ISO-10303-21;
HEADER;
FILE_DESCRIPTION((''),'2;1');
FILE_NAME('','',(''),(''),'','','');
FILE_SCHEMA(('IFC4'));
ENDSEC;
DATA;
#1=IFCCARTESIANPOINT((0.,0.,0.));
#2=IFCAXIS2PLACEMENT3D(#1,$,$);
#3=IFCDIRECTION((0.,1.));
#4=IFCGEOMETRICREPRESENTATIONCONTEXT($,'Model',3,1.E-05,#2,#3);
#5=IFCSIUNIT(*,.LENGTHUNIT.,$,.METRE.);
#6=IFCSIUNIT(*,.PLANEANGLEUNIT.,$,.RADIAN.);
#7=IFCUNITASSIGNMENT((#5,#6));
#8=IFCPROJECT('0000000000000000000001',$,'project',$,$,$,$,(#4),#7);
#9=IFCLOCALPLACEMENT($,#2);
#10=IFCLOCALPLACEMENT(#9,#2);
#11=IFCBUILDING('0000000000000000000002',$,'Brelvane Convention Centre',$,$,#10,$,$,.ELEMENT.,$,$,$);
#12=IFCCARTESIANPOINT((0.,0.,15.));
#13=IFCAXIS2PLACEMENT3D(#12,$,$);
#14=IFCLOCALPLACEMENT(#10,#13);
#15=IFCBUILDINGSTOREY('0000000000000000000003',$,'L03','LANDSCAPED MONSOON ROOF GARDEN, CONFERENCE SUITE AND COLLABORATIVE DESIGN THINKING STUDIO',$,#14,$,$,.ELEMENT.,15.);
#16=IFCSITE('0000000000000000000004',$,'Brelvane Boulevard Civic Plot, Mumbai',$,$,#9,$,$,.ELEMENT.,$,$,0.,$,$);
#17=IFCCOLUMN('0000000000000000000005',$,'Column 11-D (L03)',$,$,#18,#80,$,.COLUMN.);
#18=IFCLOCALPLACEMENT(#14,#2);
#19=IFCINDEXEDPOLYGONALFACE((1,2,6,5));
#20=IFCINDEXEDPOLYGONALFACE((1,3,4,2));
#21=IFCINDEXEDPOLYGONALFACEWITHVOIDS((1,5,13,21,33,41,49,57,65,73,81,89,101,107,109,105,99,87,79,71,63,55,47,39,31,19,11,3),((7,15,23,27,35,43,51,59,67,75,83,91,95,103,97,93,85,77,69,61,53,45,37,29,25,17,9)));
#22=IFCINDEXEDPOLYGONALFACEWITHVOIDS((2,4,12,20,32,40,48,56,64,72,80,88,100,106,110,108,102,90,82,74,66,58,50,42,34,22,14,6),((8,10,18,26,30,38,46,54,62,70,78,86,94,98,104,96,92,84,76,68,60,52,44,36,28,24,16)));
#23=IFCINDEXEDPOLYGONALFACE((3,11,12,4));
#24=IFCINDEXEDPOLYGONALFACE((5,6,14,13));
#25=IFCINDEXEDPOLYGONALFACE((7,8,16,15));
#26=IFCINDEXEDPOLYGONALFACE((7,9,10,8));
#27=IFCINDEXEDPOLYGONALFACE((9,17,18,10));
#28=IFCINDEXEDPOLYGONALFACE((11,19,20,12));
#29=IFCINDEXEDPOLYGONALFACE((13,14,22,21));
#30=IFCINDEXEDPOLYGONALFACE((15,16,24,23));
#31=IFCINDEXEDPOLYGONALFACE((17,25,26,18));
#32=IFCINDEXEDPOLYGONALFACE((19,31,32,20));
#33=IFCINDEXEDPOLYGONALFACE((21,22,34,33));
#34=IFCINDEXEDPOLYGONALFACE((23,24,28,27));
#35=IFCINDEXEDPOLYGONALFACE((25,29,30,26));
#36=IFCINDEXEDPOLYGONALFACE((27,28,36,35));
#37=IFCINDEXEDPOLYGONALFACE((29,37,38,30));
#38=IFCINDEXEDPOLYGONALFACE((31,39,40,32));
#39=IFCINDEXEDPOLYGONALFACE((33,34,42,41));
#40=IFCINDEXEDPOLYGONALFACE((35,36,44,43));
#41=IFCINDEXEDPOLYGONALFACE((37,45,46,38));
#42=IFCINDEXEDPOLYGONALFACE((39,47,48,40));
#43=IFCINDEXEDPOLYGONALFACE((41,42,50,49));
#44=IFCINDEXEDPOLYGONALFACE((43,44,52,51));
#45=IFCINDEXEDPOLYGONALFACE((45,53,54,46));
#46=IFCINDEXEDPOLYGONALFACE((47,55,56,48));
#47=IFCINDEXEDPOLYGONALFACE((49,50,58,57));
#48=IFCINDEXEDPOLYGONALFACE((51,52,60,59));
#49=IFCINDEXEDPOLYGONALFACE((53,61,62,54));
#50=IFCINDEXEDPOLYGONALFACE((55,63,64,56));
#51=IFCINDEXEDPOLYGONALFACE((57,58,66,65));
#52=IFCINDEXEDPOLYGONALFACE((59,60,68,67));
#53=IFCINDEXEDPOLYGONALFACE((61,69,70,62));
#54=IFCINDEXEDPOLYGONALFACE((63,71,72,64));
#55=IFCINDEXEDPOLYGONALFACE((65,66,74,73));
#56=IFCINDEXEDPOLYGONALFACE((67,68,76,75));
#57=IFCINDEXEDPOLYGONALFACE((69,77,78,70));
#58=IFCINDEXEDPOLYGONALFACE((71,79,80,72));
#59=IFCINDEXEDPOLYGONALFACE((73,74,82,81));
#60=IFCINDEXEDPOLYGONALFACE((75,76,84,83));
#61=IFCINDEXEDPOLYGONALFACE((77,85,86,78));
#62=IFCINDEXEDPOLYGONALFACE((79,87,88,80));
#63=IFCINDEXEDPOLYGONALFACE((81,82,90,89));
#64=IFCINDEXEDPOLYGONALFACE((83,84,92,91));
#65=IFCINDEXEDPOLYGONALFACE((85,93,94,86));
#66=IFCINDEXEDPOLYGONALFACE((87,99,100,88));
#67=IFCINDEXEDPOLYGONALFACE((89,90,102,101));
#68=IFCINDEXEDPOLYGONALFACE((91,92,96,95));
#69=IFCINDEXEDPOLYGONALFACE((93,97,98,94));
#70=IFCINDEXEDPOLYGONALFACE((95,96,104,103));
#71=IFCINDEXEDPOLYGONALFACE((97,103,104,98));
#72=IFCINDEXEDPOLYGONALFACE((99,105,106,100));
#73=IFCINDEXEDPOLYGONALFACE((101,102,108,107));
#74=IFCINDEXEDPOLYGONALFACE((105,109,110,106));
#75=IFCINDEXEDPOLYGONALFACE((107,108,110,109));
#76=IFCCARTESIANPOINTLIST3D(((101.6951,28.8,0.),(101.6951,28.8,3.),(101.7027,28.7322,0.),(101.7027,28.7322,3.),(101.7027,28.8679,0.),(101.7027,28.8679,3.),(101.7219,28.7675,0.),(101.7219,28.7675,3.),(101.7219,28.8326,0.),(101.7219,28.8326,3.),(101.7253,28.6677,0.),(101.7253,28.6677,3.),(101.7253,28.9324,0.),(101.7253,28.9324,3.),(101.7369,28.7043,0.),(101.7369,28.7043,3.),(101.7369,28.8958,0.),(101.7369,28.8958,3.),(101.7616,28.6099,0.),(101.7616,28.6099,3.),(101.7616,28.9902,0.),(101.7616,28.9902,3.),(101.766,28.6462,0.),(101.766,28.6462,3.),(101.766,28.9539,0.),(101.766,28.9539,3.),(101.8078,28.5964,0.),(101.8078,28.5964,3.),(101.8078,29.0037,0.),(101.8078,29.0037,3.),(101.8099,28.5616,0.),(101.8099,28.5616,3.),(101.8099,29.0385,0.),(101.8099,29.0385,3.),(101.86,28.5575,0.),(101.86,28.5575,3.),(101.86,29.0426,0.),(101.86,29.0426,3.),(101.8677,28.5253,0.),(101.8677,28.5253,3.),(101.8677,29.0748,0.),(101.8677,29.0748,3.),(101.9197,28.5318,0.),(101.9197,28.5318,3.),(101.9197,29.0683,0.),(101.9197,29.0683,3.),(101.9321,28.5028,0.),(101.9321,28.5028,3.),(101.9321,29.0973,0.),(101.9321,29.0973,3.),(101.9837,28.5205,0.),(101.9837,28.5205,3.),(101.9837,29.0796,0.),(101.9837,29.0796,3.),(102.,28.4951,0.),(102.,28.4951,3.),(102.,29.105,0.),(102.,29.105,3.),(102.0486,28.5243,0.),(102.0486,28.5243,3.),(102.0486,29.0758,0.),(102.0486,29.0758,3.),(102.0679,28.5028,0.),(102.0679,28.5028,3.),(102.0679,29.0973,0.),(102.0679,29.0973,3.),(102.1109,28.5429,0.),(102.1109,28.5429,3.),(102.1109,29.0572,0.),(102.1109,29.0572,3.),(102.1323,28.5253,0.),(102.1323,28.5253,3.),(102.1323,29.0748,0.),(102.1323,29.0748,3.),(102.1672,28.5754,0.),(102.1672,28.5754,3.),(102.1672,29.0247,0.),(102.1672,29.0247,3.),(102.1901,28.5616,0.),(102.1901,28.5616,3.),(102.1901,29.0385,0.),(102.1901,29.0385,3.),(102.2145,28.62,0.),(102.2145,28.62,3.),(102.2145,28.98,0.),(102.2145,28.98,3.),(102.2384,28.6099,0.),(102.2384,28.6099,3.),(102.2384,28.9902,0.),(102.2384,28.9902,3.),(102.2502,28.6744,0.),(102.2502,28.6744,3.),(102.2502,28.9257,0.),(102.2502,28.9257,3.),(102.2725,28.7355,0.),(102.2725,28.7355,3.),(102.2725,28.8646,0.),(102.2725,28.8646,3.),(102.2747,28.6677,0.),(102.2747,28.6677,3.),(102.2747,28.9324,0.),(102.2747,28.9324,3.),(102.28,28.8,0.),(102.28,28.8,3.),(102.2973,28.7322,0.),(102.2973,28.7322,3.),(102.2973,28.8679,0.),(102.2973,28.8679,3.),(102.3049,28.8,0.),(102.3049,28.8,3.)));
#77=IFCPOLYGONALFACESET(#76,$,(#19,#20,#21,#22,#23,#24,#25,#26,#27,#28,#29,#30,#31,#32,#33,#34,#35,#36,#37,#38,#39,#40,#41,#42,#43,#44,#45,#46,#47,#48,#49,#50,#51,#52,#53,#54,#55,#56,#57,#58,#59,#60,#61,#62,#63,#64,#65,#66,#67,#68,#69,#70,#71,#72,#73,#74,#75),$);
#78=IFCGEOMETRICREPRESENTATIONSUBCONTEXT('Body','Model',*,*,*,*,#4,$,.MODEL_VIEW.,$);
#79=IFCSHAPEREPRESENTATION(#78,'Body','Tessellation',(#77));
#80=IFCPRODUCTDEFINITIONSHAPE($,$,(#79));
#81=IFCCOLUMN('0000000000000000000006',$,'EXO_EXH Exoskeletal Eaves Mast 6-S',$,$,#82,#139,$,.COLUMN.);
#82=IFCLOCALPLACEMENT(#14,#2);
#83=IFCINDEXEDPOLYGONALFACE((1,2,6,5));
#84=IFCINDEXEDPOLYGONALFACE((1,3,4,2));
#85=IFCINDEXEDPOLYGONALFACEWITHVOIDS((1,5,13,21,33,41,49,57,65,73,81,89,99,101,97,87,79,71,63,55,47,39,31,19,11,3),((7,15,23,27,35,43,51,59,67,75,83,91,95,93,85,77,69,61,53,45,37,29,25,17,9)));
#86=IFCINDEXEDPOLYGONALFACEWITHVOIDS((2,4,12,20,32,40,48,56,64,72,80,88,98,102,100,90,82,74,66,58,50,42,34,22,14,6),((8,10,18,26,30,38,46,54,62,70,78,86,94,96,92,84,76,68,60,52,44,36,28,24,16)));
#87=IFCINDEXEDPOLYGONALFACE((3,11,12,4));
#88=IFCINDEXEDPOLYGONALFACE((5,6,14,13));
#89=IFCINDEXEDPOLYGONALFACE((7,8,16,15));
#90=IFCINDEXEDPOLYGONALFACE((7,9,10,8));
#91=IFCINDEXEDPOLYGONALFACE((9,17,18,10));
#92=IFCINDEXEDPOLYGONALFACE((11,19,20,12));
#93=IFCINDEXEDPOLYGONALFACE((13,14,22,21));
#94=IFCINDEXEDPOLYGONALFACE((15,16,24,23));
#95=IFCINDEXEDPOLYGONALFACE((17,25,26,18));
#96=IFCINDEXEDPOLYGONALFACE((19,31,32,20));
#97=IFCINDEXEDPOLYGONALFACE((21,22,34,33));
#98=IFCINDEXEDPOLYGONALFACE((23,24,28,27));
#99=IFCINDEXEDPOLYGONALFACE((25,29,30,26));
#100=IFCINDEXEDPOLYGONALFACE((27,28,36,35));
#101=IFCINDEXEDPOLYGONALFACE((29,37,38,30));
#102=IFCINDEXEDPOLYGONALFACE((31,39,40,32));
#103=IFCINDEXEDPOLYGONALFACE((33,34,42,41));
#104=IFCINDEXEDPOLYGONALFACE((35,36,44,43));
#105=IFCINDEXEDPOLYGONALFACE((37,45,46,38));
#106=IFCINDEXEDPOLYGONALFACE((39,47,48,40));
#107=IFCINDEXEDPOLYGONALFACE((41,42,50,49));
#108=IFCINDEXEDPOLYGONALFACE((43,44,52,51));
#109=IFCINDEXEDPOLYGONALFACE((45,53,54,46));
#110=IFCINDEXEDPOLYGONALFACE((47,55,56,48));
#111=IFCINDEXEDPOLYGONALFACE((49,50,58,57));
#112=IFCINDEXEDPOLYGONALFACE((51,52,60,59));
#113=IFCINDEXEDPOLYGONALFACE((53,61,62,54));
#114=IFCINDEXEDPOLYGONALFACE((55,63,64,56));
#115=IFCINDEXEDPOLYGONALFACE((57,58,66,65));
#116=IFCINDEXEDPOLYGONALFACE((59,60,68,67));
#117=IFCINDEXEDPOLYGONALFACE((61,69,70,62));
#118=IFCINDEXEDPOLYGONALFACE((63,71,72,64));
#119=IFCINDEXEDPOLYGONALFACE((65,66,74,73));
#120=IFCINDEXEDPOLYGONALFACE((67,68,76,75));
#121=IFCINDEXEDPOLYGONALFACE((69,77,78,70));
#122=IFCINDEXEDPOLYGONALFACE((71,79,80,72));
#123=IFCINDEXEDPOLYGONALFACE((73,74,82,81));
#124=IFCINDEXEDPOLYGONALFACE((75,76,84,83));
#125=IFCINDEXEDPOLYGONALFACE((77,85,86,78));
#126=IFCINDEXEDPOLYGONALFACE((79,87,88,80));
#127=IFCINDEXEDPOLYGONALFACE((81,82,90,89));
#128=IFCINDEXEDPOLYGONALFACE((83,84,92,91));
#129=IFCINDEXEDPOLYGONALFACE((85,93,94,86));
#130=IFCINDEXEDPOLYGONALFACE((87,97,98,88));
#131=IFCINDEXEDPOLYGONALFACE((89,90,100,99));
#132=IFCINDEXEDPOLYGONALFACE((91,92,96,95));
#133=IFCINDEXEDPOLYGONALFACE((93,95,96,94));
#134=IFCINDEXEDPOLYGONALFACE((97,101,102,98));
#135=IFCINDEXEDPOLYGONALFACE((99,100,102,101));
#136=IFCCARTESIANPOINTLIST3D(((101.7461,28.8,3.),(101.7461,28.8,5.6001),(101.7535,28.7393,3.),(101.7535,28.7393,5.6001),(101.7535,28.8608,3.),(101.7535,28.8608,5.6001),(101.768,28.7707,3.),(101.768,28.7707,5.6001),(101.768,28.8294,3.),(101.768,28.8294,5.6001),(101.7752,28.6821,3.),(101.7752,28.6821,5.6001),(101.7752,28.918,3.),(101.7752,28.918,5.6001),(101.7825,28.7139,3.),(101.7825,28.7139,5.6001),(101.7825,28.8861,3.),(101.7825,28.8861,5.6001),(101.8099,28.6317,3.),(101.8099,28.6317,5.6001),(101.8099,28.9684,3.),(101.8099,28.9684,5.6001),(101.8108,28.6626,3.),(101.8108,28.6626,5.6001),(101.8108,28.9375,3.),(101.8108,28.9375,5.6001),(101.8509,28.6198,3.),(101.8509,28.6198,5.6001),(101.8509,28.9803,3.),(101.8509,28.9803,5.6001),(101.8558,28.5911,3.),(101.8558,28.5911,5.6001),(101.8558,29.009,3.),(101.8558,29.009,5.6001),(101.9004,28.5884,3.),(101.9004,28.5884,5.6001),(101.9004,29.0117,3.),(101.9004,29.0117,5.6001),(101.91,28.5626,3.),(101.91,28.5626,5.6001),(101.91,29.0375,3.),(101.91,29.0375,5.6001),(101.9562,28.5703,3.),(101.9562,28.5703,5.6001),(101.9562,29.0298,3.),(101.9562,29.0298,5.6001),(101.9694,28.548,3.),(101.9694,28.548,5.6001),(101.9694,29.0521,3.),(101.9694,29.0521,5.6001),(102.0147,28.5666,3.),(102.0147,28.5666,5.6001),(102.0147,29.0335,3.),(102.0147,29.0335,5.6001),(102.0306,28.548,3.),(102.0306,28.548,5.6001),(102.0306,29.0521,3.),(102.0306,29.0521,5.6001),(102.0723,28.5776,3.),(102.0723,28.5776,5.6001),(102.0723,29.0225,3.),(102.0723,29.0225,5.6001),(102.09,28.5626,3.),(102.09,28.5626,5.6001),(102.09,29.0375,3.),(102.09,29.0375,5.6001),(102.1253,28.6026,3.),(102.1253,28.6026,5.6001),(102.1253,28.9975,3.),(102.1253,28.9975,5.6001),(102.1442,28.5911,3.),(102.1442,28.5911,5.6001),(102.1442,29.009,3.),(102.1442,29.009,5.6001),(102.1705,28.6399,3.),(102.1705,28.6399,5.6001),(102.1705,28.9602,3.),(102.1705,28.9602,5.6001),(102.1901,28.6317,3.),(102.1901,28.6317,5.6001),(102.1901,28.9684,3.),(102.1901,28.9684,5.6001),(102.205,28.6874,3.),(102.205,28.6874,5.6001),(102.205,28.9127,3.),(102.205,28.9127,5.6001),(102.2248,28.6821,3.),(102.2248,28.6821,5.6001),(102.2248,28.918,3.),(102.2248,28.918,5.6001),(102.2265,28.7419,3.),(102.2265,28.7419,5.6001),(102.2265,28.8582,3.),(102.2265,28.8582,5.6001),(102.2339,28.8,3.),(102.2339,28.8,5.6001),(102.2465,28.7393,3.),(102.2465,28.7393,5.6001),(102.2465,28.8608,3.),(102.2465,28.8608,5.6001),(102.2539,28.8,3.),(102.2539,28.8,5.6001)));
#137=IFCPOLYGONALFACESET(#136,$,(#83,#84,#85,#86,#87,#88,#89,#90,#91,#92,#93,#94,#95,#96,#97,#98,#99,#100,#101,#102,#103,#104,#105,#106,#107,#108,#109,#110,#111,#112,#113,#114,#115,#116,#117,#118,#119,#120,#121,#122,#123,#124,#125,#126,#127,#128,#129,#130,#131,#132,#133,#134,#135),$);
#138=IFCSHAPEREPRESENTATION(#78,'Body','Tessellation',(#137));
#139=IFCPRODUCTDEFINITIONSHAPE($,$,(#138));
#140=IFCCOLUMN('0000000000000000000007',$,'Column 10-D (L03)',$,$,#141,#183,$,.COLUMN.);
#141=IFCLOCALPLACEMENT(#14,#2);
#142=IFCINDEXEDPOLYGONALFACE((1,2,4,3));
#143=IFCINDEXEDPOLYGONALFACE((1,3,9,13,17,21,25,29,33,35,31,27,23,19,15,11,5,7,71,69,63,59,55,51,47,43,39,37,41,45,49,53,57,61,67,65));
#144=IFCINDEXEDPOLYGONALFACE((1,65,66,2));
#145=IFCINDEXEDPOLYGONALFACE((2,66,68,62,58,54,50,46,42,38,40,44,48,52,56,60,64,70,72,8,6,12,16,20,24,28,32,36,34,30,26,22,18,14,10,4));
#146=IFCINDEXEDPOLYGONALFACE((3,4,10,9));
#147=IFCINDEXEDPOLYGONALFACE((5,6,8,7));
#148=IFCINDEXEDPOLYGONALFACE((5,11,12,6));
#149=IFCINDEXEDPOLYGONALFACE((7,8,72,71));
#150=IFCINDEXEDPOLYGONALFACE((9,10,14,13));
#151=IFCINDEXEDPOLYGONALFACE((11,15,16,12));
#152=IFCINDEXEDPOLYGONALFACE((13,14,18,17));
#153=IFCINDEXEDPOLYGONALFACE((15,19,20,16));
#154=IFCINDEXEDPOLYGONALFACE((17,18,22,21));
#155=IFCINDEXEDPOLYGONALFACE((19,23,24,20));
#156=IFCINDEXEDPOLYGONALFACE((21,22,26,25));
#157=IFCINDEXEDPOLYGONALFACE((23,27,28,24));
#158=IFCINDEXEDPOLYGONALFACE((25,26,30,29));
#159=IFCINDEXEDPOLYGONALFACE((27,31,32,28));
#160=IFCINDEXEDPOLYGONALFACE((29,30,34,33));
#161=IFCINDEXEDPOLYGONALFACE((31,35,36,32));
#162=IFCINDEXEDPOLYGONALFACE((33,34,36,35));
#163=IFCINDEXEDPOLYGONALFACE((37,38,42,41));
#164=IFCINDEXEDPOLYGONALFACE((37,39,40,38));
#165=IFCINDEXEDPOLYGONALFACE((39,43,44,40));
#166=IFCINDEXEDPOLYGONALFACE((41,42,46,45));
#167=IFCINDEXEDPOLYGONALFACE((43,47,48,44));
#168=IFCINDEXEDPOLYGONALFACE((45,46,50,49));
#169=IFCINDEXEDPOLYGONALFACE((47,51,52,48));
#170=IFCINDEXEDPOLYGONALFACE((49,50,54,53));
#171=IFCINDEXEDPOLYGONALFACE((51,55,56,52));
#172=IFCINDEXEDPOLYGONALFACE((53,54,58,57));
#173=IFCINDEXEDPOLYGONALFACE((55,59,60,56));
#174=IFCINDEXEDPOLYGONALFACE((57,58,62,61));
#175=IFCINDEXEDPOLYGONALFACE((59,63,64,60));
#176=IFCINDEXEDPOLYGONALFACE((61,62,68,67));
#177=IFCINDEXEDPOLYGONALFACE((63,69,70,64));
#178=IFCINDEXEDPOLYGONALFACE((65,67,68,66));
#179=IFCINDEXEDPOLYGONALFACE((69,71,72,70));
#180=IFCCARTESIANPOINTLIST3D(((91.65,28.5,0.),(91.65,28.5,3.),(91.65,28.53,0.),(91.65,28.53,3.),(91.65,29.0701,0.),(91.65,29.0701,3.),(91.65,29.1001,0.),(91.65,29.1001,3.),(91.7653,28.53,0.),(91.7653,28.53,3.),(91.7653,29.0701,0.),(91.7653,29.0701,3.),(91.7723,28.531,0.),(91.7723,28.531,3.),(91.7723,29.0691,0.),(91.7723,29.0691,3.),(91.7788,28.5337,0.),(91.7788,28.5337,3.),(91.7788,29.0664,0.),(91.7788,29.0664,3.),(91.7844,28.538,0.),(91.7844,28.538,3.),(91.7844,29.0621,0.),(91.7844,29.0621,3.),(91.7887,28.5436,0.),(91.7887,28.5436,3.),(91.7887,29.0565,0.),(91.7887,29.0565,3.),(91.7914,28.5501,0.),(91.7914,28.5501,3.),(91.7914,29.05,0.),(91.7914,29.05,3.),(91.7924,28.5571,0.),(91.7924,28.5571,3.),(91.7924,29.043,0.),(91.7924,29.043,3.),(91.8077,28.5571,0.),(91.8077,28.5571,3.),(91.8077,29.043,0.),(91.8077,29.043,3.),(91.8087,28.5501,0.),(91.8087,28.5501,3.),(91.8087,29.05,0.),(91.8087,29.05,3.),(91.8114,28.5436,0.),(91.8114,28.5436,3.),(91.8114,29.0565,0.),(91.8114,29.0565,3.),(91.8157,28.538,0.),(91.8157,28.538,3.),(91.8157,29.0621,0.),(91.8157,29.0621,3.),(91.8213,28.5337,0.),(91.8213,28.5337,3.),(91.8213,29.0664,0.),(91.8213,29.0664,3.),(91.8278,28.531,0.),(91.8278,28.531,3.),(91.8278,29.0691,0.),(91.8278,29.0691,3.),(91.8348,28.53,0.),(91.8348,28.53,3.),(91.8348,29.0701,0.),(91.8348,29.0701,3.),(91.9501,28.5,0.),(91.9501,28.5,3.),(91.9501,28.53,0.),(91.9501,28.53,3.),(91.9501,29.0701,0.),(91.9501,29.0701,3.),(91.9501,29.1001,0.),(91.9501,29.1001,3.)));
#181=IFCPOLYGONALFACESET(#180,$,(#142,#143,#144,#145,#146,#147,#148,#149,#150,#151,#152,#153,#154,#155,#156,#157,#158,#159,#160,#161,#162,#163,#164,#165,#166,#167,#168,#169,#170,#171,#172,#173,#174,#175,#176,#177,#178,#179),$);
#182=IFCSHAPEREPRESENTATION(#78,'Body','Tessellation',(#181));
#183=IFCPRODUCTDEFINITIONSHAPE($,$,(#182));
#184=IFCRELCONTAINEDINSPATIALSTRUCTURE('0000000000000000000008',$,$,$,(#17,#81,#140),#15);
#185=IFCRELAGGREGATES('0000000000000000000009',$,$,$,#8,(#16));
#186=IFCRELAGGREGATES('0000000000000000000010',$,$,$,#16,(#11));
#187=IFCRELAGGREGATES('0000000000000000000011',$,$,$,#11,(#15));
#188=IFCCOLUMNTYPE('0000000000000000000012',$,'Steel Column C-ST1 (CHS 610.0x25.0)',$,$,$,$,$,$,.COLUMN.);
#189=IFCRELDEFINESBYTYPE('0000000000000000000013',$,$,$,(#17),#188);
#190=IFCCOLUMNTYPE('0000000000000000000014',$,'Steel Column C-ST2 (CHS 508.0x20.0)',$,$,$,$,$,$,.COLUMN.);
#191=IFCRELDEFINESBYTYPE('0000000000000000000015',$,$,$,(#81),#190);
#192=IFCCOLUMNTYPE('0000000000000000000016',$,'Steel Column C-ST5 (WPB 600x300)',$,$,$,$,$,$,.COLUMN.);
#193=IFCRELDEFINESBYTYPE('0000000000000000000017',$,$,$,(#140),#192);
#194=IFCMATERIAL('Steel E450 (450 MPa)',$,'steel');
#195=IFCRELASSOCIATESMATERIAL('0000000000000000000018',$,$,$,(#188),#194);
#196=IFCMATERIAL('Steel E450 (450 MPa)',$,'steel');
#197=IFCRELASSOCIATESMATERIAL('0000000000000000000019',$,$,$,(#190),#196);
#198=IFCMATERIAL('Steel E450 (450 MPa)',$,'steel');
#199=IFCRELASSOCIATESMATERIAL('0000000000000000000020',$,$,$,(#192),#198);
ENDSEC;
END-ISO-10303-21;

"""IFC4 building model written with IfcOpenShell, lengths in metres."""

from ifc_helpers import new_model, si_unit, direction, frame, origin, origin_2d, place, context, subcontext, project, spatial, hollow_circle, i_section, extrude, material, material_profile, profile_set, type_object, element, save


model = new_model("IFC4")

# Units and contexts
model_context = context("Model", 3, precision=1e-05, world=origin(), true_north=direction((0.0, 1.0)))
body_context = subcontext(model_context, "Body", "Model", "MODEL_VIEW")
ifc_project = project(units=[si_unit("LENGTHUNIT", "METRE"), si_unit("PLANEANGLEUNIT", "RADIAN")], contexts=[model_context])

# Site, building, storey
site_placement = place(None, origin())
site = spatial("IfcSite", under=ifc_project, at=site_placement, Name="Brelvane Boulevard Civic Plot, Mumbai", CompositionType="ELEMENT", RefElevation=0.0)
building_placement = place(site_placement, origin())
building = spatial("IfcBuilding", under=site, at=building_placement, Name="Brelvane Convention Centre", CompositionType="ELEMENT")
storey_placement = place(building_placement, frame((0.0, 0.0, 15.0)))
storey = spatial("IfcBuildingStorey", under=building, at=storey_placement, Name="L03", Description="LANDSCAPED MONSOON ROOF GARDEN, CONFERENCE SUITE AND COLLABORATIVE DESIGN THINKING STUDIO", CompositionType="ELEMENT", Elevation=15.0)

# Columns
ifc_material_1 = material(Name="Steel E450 (450 MPa)", Category="steel")
ifc_material_profile_1 = material_profile(ifc_material_1, hollow_circle(Radius=0.3049, WallThickness=0.0249, at=origin_2d()), Name="CHS 610.0x25.0")
ifc_profile_set_1 = profile_set([ifc_material_profile_1], Name="Steel E450 (450 MPa)")
column_type_1 = type_object("IfcColumnType", Name="Steel Column C-ST1 (CHS 610.0x25.0)", PredefinedType="COLUMN", material=ifc_profile_set_1)
column_1_placement = place(storey_placement, frame((102.0, 28.8, 0.0), z_axis=(0.0, 0.0, 1.0), x_axis=(1.0, 0.0, 0.0)))
element("IfcColumn", 1, at=column_1_placement, inside=storey, type_object=column_type_1, Name="Column 11-D (L03)", PredefinedType="COLUMN", context=body_context, shape_type="SweptSolid", body=[
    extrude(hollow_circle(Radius=0.3049, WallThickness=0.0249, at=origin_2d()), origin(), (0.0, 0.0, 1.0), 3.0),
])
ifc_material_2 = material(Name="Steel E450 (450 MPa)", Category="steel")
ifc_material_profile_2 = material_profile(ifc_material_2, hollow_circle(Radius=0.2539, WallThickness=0.02, at=origin_2d()), Name="CHS 508.0x20.0")
ifc_profile_set_2 = profile_set([ifc_material_profile_2], Name="Steel E450 (450 MPa)")
column_type_2 = type_object("IfcColumnType", Name="Steel Column C-ST2 (CHS 508.0x20.0)", PredefinedType="COLUMN", material=ifc_profile_set_2)
column_2_placement = place(storey_placement, frame((102.0, 28.8, 3.0), z_axis=(0.0, 0.0, 1.0), x_axis=(1.0, 0.0, 0.0)))
element("IfcColumn", 2, at=column_2_placement, inside=storey, type_object=column_type_2, Name="EXO_EXH Exoskeletal Eaves Mast 6-S", PredefinedType="COLUMN", context=body_context, shape_type="SweptSolid", body=[
    extrude(hollow_circle(Radius=0.2539, WallThickness=0.02, at=origin_2d()), origin(), (0.0, 0.0, 1.0), 2.6001),
])
ifc_material_3 = material(Name="Steel E450 (450 MPa)", Category="steel")
ifc_material_profile_3 = material_profile(ifc_material_3, i_section(OverallWidth=0.3, OverallDepth=0.6001, WebThickness=0.0154, FlangeThickness=0.03, FilletRadius=0.0271, at=origin_2d()), Name="WPB 600x300")
ifc_profile_set_3 = profile_set([ifc_material_profile_3], Name="Steel E450 (450 MPa)")
column_type_3 = type_object("IfcColumnType", Name="Steel Column C-ST5 (WPB 600x300)", PredefinedType="COLUMN", material=ifc_profile_set_3)
column_3_placement = place(storey_placement, frame((91.8, 28.8, 0.0), z_axis=(0.0, 0.0, 1.0), x_axis=(1.0, 0.0, 0.0)))
element("IfcColumn", 3, at=column_3_placement, inside=storey, type_object=column_type_3, Name="Column 10-D (L03)", PredefinedType="COLUMN", context=body_context, shape_type="SweptSolid", body=[
    extrude(i_section(OverallWidth=0.3, OverallDepth=0.6001, WebThickness=0.0154, FlangeThickness=0.03, FilletRadius=0.0271, at=origin_2d()), origin(), (0.0, 0.0, 1.0), 3.0),
])

save(model, "model.ifc")
